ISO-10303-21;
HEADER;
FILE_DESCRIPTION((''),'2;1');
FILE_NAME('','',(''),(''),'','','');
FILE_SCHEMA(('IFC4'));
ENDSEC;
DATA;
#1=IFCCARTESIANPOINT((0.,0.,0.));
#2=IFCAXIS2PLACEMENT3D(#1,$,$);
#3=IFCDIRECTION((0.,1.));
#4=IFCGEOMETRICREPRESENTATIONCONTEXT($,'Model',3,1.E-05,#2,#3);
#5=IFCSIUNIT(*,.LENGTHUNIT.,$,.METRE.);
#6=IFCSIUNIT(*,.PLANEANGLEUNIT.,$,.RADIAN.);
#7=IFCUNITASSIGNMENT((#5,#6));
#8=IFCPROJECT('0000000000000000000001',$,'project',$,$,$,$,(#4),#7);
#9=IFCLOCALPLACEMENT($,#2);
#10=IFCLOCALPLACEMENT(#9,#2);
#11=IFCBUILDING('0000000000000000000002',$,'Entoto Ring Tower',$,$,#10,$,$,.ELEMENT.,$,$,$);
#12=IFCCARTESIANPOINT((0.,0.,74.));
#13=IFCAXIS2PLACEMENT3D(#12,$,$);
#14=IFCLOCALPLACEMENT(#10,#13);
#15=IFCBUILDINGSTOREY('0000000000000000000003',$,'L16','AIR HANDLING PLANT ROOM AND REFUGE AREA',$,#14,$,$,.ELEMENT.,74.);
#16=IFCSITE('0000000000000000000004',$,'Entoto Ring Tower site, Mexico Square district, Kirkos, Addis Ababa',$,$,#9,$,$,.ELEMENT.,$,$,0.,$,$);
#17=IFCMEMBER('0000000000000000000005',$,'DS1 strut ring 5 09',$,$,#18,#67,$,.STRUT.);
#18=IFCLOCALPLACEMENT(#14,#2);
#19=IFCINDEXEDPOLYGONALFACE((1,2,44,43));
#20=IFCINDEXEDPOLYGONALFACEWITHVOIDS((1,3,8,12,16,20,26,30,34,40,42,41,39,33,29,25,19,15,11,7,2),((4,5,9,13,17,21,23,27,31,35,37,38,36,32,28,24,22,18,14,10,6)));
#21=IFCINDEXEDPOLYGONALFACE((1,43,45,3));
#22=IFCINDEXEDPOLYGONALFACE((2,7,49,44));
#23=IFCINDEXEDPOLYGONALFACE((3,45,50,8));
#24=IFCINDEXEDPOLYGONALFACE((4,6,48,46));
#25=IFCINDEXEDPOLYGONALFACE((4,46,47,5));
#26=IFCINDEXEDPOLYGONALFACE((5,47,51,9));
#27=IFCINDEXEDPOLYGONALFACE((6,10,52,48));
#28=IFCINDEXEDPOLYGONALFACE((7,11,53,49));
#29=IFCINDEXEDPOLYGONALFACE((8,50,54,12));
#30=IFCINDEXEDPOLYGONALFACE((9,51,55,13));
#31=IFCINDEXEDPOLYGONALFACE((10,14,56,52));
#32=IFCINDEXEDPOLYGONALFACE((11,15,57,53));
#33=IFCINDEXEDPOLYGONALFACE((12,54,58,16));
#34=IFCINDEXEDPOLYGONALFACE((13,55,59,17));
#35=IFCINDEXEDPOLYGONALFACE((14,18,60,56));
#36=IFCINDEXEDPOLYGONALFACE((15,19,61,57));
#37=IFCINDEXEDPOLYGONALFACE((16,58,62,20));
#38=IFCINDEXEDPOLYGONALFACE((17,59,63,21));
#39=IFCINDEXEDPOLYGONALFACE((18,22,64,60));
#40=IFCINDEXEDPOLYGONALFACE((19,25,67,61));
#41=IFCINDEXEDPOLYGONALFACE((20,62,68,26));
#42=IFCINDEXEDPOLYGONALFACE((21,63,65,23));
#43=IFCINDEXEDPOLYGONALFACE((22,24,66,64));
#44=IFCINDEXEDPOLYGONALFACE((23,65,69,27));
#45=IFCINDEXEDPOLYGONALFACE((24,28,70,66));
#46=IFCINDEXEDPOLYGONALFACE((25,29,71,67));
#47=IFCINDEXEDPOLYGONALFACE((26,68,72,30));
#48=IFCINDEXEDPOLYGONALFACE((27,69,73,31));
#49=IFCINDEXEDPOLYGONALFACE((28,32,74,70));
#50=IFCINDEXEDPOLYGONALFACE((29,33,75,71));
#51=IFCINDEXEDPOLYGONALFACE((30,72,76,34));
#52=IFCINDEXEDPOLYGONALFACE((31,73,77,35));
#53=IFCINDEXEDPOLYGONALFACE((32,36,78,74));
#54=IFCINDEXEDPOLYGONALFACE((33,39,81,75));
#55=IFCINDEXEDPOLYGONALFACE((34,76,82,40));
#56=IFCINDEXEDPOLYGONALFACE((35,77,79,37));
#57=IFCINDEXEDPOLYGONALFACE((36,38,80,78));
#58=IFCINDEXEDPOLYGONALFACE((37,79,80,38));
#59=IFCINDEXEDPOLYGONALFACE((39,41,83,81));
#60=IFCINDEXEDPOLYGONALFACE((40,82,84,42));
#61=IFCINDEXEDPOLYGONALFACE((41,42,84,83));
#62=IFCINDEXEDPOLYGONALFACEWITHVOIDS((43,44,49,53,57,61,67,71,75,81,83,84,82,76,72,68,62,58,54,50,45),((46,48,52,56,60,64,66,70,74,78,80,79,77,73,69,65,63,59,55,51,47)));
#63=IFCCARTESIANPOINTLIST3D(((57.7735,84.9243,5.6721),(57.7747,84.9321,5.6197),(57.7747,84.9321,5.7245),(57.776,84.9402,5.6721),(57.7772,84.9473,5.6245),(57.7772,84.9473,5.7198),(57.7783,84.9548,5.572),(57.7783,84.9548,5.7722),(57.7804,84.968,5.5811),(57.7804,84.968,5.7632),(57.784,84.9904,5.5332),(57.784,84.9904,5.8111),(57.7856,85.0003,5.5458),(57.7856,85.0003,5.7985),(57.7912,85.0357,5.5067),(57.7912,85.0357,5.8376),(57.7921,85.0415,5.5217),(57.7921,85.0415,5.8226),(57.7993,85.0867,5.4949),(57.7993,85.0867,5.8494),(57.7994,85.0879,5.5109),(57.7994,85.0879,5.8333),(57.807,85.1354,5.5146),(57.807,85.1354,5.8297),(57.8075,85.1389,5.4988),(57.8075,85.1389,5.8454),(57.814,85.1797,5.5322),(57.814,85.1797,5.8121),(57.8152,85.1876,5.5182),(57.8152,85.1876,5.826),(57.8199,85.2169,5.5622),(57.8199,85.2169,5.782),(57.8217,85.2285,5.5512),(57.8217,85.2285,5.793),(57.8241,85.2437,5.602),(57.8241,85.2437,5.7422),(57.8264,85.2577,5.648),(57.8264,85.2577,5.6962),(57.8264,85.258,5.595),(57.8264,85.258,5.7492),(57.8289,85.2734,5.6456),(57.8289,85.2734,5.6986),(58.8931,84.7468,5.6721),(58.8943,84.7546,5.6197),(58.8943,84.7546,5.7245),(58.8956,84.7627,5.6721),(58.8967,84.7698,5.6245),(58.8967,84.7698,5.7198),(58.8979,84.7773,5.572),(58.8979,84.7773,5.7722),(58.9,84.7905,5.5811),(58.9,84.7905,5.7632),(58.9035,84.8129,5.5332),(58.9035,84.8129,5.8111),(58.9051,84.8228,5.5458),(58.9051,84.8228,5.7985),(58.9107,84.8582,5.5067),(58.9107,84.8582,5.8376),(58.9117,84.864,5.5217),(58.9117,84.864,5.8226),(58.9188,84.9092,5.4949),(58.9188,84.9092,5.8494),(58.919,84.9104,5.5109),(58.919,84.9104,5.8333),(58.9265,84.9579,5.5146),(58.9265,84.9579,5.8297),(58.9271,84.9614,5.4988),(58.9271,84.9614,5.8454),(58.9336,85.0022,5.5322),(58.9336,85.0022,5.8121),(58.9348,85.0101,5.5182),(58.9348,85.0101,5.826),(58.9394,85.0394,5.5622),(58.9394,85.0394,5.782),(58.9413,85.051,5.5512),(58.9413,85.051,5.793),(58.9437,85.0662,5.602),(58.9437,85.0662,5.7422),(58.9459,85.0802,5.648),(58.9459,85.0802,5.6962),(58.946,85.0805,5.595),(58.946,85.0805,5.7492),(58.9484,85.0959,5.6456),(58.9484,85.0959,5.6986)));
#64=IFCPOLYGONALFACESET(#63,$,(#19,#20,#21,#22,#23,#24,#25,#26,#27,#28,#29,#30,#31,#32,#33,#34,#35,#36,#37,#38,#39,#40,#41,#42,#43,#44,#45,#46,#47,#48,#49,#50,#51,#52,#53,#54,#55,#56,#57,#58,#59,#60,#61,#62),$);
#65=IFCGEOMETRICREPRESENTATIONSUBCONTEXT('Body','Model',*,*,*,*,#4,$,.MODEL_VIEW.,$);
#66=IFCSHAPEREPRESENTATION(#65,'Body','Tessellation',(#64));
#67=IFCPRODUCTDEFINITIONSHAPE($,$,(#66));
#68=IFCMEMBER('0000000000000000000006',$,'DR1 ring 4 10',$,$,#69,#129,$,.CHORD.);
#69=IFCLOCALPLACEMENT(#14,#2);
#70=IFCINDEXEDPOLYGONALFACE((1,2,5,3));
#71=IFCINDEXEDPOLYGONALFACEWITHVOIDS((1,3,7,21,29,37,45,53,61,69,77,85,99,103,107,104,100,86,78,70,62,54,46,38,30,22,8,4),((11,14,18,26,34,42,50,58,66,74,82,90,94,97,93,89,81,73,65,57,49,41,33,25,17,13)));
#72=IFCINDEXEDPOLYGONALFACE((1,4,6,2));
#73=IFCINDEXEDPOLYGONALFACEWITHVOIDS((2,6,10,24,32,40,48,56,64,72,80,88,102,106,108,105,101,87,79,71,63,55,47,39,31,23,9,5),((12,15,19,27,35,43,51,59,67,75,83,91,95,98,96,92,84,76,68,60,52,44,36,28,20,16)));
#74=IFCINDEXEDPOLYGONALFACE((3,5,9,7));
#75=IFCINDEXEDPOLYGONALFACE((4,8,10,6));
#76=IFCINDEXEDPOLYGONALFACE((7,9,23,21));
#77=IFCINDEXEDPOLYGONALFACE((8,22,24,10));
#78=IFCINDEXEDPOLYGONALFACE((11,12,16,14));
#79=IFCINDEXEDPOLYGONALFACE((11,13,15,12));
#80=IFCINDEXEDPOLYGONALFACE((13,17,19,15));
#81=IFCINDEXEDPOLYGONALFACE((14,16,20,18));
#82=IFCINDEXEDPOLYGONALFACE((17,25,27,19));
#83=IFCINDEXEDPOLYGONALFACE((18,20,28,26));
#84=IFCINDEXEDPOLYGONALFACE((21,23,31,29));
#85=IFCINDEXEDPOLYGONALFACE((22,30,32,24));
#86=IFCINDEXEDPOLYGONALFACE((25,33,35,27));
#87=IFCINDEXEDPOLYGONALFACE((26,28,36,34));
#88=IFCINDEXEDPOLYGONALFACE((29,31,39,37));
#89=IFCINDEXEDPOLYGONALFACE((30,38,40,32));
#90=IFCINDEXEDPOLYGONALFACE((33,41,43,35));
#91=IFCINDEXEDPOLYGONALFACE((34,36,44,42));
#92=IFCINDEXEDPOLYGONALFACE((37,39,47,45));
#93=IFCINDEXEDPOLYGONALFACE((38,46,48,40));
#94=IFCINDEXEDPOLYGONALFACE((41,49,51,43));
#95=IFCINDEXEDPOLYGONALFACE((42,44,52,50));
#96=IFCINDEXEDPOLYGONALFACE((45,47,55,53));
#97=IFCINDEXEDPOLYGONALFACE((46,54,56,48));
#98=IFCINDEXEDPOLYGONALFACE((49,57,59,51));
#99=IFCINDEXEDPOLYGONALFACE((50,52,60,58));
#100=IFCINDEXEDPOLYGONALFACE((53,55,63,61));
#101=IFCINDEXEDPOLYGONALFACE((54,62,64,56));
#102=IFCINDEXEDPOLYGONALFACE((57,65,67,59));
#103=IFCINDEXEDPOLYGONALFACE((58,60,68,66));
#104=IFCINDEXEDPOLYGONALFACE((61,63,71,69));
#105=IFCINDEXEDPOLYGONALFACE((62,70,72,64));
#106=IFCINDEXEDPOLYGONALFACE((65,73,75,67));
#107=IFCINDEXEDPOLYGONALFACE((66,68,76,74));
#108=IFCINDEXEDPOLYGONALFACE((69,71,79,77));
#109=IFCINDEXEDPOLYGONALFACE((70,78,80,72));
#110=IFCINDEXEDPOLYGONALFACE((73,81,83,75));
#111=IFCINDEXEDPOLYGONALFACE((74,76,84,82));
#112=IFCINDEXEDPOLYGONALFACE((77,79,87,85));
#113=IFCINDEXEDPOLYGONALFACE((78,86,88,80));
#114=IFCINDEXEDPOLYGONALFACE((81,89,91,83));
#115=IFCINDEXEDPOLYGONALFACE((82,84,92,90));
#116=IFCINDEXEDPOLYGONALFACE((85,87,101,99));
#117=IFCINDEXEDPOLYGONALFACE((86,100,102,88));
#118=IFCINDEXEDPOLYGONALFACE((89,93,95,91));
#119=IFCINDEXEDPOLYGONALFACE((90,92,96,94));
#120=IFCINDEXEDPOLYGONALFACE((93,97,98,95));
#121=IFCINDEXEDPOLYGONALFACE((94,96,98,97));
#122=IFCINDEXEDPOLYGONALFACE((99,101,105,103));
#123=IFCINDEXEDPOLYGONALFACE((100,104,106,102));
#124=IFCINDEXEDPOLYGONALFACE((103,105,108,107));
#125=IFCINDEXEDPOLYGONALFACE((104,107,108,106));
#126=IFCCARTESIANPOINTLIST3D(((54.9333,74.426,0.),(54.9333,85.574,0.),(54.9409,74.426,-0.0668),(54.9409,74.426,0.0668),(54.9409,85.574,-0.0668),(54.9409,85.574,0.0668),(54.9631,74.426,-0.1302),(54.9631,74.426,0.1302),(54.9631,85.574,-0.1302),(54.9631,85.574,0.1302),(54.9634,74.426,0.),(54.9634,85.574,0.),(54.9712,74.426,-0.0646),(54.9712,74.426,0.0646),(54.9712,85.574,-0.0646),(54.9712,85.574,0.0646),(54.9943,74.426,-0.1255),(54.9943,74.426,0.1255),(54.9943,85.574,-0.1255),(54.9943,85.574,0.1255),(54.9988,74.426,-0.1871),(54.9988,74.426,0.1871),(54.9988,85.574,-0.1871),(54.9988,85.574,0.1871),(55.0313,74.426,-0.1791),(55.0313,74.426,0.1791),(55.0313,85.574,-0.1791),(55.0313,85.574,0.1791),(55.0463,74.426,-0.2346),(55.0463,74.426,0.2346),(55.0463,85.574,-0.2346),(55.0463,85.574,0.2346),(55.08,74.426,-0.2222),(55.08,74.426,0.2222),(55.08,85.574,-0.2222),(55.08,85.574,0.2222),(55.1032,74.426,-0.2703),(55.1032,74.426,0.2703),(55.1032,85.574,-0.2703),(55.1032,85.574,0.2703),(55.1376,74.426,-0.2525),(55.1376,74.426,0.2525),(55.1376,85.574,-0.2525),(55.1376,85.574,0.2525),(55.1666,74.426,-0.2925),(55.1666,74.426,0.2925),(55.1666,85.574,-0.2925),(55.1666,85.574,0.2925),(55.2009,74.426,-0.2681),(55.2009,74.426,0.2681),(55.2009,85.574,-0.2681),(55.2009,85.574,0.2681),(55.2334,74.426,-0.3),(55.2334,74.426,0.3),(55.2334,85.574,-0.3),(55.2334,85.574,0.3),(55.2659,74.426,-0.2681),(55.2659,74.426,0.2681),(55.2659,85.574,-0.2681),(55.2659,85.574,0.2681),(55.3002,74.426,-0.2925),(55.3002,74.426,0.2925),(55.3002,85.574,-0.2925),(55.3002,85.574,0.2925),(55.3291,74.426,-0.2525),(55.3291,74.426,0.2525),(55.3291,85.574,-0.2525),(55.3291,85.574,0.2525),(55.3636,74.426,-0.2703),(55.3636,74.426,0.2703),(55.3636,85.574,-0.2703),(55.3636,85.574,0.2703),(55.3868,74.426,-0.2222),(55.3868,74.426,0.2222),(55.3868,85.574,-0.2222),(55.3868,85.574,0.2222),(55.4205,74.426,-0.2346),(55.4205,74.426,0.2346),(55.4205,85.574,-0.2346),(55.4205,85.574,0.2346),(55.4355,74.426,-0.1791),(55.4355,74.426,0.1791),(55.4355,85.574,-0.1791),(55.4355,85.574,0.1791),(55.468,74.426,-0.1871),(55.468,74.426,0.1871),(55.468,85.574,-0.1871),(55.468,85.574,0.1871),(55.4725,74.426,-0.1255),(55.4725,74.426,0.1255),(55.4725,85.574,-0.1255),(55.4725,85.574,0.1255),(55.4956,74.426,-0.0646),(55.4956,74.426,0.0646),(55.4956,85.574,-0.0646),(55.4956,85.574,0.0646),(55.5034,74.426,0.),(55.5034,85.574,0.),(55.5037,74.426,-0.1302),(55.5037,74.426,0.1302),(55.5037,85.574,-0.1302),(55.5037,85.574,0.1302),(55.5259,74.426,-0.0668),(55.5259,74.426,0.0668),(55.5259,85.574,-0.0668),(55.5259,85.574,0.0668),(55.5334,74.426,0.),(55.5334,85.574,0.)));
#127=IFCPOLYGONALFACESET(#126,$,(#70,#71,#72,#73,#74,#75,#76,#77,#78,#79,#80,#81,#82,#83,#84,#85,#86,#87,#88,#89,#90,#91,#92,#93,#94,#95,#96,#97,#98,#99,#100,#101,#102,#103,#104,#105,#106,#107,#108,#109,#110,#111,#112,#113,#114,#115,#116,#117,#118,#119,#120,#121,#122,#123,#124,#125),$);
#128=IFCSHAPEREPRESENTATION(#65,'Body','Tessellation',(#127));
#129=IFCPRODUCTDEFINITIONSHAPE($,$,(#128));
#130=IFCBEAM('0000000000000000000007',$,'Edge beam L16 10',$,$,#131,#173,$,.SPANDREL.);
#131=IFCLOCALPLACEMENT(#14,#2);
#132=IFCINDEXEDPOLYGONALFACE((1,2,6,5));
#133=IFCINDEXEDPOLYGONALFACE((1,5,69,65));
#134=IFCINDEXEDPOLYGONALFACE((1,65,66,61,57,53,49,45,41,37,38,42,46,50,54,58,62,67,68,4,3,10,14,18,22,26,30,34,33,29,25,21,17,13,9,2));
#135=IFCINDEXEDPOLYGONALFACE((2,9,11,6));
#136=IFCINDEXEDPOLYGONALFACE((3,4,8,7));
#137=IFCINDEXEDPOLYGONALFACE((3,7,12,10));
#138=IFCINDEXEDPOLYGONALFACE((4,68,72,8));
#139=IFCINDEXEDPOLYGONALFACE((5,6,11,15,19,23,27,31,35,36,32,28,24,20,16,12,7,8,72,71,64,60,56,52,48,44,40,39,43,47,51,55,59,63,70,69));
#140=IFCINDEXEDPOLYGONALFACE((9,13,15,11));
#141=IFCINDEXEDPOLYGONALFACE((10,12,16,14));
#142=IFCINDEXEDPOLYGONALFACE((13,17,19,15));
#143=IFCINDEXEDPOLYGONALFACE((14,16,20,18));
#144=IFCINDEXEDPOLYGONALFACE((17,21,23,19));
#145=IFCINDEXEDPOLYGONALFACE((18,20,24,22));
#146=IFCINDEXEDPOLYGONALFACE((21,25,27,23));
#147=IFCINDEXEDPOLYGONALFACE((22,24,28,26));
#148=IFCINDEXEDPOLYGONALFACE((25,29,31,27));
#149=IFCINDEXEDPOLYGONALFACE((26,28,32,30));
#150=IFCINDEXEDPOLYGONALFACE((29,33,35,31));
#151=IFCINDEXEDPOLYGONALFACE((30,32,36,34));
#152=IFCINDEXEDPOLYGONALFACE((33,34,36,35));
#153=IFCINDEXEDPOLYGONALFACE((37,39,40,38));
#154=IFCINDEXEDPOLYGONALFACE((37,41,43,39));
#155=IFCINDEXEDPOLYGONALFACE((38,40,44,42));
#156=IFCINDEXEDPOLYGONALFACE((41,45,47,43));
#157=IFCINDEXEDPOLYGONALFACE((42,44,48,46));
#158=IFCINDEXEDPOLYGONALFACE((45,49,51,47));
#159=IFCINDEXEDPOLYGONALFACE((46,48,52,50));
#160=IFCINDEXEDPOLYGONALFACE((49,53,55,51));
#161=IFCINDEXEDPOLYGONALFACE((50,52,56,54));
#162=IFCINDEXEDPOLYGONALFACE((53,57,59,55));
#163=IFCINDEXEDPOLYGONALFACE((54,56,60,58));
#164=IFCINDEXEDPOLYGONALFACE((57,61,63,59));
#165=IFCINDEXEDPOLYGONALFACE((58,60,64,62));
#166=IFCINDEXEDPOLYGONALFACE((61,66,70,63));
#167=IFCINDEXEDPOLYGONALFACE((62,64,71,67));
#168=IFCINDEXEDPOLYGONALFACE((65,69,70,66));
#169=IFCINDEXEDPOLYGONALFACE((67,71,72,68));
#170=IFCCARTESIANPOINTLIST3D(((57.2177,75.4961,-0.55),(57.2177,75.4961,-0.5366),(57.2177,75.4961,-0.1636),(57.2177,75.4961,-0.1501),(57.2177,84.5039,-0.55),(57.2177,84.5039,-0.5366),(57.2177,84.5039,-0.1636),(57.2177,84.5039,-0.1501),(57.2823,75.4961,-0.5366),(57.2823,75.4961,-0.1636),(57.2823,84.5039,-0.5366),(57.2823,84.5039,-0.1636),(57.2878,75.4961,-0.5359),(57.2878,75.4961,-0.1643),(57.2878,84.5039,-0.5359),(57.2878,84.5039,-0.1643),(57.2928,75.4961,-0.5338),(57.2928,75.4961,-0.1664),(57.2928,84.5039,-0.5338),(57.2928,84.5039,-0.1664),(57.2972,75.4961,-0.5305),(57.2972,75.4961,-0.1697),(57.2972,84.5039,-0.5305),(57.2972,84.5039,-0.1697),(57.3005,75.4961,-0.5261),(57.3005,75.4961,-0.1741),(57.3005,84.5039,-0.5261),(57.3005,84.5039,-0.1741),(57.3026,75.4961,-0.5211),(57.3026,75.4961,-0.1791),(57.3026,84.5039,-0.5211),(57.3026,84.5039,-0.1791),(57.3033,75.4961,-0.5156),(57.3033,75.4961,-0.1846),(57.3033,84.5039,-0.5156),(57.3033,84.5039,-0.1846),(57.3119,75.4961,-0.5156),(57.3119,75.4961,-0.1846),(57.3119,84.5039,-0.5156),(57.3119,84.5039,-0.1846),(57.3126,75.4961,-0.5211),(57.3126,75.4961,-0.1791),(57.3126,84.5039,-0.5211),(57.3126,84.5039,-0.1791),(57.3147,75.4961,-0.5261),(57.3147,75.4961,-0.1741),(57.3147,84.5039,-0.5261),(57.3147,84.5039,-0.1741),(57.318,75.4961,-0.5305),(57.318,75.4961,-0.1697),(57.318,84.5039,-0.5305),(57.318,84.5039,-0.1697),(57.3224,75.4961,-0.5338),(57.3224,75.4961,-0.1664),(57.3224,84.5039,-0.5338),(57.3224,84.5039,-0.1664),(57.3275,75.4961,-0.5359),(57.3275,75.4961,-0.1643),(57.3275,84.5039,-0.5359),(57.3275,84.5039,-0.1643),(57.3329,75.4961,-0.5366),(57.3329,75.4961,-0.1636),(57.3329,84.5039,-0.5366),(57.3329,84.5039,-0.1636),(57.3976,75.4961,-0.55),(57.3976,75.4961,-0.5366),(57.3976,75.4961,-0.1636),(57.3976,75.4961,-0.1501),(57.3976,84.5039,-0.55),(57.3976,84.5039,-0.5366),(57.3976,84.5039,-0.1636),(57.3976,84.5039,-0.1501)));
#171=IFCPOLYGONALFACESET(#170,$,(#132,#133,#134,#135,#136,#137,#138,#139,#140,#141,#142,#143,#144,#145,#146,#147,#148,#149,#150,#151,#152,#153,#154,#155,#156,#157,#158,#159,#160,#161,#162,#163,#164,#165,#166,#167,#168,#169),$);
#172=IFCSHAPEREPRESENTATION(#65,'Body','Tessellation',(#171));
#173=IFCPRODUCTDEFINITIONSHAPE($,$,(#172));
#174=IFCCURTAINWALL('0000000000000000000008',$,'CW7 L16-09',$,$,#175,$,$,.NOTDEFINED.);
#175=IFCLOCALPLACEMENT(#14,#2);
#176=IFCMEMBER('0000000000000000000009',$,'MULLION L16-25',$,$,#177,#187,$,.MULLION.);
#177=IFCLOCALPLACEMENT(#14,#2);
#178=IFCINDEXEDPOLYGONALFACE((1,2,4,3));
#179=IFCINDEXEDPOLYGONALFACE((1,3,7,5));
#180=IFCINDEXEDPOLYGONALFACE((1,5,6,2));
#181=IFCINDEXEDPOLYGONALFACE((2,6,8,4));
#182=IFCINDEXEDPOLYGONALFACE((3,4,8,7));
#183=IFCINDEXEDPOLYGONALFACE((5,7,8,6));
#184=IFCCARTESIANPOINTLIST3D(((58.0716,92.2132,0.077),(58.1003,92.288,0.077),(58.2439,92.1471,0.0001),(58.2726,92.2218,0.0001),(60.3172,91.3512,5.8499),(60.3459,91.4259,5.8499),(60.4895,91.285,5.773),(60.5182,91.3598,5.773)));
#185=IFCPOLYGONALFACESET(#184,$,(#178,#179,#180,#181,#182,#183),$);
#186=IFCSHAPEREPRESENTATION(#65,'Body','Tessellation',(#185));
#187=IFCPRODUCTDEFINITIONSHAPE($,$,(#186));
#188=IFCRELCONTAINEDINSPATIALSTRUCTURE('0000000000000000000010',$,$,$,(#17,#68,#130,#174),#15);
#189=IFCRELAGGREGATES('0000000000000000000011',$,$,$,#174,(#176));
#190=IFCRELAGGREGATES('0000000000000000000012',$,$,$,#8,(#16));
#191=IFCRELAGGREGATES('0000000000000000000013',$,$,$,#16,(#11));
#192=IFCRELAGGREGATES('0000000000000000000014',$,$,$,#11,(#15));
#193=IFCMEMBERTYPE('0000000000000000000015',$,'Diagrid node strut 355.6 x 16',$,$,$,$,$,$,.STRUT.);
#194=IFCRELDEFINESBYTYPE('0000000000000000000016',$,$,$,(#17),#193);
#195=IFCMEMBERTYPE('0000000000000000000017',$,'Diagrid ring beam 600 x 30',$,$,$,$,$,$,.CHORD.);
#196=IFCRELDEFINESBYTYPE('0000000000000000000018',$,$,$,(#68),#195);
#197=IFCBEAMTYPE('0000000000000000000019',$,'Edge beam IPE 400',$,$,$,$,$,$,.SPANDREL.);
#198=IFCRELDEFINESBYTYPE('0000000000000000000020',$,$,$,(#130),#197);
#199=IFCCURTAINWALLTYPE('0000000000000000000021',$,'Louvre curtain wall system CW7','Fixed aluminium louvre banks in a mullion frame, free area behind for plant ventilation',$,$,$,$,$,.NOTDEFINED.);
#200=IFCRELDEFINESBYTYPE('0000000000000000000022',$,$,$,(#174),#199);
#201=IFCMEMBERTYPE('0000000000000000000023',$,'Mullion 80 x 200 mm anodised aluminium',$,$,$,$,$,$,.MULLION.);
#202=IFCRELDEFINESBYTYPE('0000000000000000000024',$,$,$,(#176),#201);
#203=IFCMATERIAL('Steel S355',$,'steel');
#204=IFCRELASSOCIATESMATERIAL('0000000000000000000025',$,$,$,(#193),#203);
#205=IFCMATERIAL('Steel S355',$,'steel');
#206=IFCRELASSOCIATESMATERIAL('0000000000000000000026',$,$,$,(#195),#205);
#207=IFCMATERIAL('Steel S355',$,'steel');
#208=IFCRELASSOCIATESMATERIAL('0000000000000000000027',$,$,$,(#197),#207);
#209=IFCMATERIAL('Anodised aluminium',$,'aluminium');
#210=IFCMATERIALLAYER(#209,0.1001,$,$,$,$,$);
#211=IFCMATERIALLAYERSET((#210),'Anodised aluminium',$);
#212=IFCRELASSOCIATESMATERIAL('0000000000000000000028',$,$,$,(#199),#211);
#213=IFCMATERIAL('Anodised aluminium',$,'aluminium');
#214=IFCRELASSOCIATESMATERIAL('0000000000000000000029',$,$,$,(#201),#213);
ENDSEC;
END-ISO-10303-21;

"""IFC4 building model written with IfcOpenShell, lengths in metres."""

from ifc_helpers import new_model, si_unit, direction, frame, origin, origin_2d, place, context, subcontext, project, spatial, rectangle, circle, hollow_circle, i_section, extrude, material, layer, layer_set, material_profile, profile_set, type_object, element, aggregate, save


model = new_model("IFC4")

# Units and contexts
model_context = context("Model", 3, precision=1e-05, world=origin(), true_north=direction((0.0, 1.0)))
body_context = subcontext(model_context, "Body", "Model", "MODEL_VIEW")
ifc_project = project(units=[si_unit("LENGTHUNIT", "METRE"), si_unit("PLANEANGLEUNIT", "RADIAN")], contexts=[model_context])

# Site, building, storey
site_placement = place(None, origin())
site = spatial("IfcSite", under=ifc_project, at=site_placement, Name="Entoto Ring Tower site, Mexico Square district, Kirkos, Addis Ababa", CompositionType="ELEMENT", RefElevation=0.0)
building_placement = place(site_placement, origin())
building = spatial("IfcBuilding", under=site, at=building_placement, Name="Entoto Ring Tower", CompositionType="ELEMENT")
storey_placement = place(building_placement, frame((0.0, 0.0, 74.0)))
storey = spatial("IfcBuildingStorey", under=building, at=storey_placement, Name="L16", Description="AIR HANDLING PLANT ROOM AND REFUGE AREA", CompositionType="ELEMENT", Elevation=74.0)

# Members
ifc_material_1 = material(Name="Steel S355", Category="steel")
ifc_material_profile_1 = material_profile(ifc_material_1, hollow_circle(Radius=0.1777, WallThickness=0.0161, at=origin_2d()), Name="CHS 355.6 x 16")
ifc_material_2 = material(Name="Concrete C60/75", Category="concrete")
ifc_material_profile_2 = material_profile(ifc_material_2, circle(Radius=0.1619, at=origin_2d()), Name="Concrete C60/75 infill")
ifc_profile_set_1 = profile_set([ifc_material_profile_1, ifc_material_profile_2], Name="Steel S355")
member_type_1 = type_object("IfcMemberType", Name="Diagrid node strut 355.6 x 16", PredefinedType="STRUT", material=ifc_profile_set_1)
member_1_placement = place(storey_placement, frame((58.9209, 84.9224, 5.6721), z_axis=(-0.987667, 0.156571, 0.0), x_axis=(-0.156571, -0.987667, 0.0)))
element("IfcMember", 1, at=member_1_placement, inside=storey, type_object=member_type_1, Name="DS1 strut ring 5 09", PredefinedType="STRUT", context=body_context, shape_type="SweptSolid", body=[
    extrude(hollow_circle(Radius=0.1777, WallThickness=0.0161, at=origin_2d()), origin(), (0.0, 0.0, 1.0), 1.1335),
])
ifc_material_3 = material(Name="Steel S355", Category="steel")
ifc_material_profile_3 = material_profile(ifc_material_3, hollow_circle(Radius=0.3, WallThickness=0.03, at=origin_2d()), Name="CHS 600 x 30")
ifc_material_4 = material(Name="Concrete C60/75", Category="concrete")
ifc_material_profile_4 = material_profile(ifc_material_4, circle(Radius=0.27, at=origin_2d()), Name="Concrete C60/75 infill")
ifc_profile_set_2 = profile_set([ifc_material_profile_3, ifc_material_profile_4], Name="Steel S355")
member_type_2 = type_object("IfcMemberType", Name="Diagrid ring beam 600 x 30", PredefinedType="CHORD", material=ifc_profile_set_2)
member_2_placement = place(storey_placement, frame((55.2334, 85.574, 0.0), z_axis=(0.0, -1.0, 0.0), x_axis=(1.0, 0.0, 0.0)))
element("IfcMember", 2, at=member_2_placement, inside=storey, type_object=member_type_2, Name="DR1 ring 4 10", PredefinedType="CHORD", context=body_context, shape_type="SweptSolid", body=[
    extrude(hollow_circle(Radius=0.3, WallThickness=0.03, at=origin_2d()), origin(), (0.0, 0.0, 1.0), 11.1479),
])

# Beam
ifc_material_5 = material(Name="Steel S355", Category="steel")
ifc_material_profile_5 = material_profile(ifc_material_5, i_section(OverallWidth=0.1799, OverallDepth=0.3999, WebThickness=0.0085, FlangeThickness=0.0134, FilletRadius=0.021, at=origin_2d()), Name="IPE 400")
ifc_profile_set_3 = profile_set([ifc_material_profile_5], Name="Steel S355")
beam_type = type_object("IfcBeamType", Name="Edge beam IPE 400", PredefinedType="SPANDREL", material=ifc_profile_set_3)
beam_placement = place(storey_placement, frame((57.3076, 84.5039, -0.3501), z_axis=(0.0, -1.0, 0.0), x_axis=(1.0, 0.0, 0.0)))
element("IfcBeam", 3, at=beam_placement, inside=storey, type_object=beam_type, Name="Edge beam L16 10", PredefinedType="SPANDREL", context=body_context, shape_type="SweptSolid", body=[
    extrude(i_section(OverallWidth=0.1799, OverallDepth=0.3999, WebThickness=0.0085, FlangeThickness=0.0134, FilletRadius=0.021, at=origin_2d()), origin(), (0.0, 0.0, 1.0), 9.0078),
])

# Curtain wall, member
ifc_material_6 = material(Name="Anodised aluminium", Category="aluminium")
ifc_layer_1 = layer(ifc_material_6, 0.1001)
ifc_layer_set_1 = layer_set([ifc_layer_1], Name="Anodised aluminium")
curtain_wall_type = type_object("IfcCurtainWallType", Name="Louvre curtain wall system CW7", Description="Fixed aluminium louvre banks in a mullion frame, free area behind for plant ventilation", PredefinedType="NOTDEFINED", material=ifc_layer_set_1)
curtain_wall_1_placement = place(storey_placement, origin())
curtain_wall_1 = element("IfcCurtainWall", 4, at=curtain_wall_1_placement, inside=storey, type_object=curtain_wall_type, Name="CW7 L16-09", PredefinedType="NOTDEFINED")
ifc_material_7 = material(Name="Anodised aluminium", Category="aluminium")
ifc_material_profile_6 = material_profile(ifc_material_7, rectangle(XDim=0.0801, YDim=0.2, at=origin_2d()), Name="Mullion 80 x 200 mm anodised aluminium")
ifc_profile_set_4 = profile_set([ifc_material_profile_6], Name="Anodised aluminium")
member_type_3 = type_object("IfcMemberType", Name="Mullion 80 x 200 mm anodised aluminium", PredefinedType="MULLION", material=ifc_profile_set_4)
member_3_placement = place(storey_placement, frame((58.1721, 92.2175, 0.0386), z_axis=(0.359066, -0.137841, 0.923077), x_axis=(0.358387, 0.933573, 0.0)))
member_3 = element("IfcMember", 5, at=member_3_placement, type_object=member_type_3, Name="MULLION L16-25", PredefinedType="MULLION", context=body_context, shape_type="SweptSolid", body=[
    extrude(rectangle(XDim=0.0801, YDim=0.2, at=origin_2d()), origin(), (0.0, 0.0, 1.0), 6.2539),
])
aggregate(curtain_wall_1, [member_3])

save(model, "model.ifc")
